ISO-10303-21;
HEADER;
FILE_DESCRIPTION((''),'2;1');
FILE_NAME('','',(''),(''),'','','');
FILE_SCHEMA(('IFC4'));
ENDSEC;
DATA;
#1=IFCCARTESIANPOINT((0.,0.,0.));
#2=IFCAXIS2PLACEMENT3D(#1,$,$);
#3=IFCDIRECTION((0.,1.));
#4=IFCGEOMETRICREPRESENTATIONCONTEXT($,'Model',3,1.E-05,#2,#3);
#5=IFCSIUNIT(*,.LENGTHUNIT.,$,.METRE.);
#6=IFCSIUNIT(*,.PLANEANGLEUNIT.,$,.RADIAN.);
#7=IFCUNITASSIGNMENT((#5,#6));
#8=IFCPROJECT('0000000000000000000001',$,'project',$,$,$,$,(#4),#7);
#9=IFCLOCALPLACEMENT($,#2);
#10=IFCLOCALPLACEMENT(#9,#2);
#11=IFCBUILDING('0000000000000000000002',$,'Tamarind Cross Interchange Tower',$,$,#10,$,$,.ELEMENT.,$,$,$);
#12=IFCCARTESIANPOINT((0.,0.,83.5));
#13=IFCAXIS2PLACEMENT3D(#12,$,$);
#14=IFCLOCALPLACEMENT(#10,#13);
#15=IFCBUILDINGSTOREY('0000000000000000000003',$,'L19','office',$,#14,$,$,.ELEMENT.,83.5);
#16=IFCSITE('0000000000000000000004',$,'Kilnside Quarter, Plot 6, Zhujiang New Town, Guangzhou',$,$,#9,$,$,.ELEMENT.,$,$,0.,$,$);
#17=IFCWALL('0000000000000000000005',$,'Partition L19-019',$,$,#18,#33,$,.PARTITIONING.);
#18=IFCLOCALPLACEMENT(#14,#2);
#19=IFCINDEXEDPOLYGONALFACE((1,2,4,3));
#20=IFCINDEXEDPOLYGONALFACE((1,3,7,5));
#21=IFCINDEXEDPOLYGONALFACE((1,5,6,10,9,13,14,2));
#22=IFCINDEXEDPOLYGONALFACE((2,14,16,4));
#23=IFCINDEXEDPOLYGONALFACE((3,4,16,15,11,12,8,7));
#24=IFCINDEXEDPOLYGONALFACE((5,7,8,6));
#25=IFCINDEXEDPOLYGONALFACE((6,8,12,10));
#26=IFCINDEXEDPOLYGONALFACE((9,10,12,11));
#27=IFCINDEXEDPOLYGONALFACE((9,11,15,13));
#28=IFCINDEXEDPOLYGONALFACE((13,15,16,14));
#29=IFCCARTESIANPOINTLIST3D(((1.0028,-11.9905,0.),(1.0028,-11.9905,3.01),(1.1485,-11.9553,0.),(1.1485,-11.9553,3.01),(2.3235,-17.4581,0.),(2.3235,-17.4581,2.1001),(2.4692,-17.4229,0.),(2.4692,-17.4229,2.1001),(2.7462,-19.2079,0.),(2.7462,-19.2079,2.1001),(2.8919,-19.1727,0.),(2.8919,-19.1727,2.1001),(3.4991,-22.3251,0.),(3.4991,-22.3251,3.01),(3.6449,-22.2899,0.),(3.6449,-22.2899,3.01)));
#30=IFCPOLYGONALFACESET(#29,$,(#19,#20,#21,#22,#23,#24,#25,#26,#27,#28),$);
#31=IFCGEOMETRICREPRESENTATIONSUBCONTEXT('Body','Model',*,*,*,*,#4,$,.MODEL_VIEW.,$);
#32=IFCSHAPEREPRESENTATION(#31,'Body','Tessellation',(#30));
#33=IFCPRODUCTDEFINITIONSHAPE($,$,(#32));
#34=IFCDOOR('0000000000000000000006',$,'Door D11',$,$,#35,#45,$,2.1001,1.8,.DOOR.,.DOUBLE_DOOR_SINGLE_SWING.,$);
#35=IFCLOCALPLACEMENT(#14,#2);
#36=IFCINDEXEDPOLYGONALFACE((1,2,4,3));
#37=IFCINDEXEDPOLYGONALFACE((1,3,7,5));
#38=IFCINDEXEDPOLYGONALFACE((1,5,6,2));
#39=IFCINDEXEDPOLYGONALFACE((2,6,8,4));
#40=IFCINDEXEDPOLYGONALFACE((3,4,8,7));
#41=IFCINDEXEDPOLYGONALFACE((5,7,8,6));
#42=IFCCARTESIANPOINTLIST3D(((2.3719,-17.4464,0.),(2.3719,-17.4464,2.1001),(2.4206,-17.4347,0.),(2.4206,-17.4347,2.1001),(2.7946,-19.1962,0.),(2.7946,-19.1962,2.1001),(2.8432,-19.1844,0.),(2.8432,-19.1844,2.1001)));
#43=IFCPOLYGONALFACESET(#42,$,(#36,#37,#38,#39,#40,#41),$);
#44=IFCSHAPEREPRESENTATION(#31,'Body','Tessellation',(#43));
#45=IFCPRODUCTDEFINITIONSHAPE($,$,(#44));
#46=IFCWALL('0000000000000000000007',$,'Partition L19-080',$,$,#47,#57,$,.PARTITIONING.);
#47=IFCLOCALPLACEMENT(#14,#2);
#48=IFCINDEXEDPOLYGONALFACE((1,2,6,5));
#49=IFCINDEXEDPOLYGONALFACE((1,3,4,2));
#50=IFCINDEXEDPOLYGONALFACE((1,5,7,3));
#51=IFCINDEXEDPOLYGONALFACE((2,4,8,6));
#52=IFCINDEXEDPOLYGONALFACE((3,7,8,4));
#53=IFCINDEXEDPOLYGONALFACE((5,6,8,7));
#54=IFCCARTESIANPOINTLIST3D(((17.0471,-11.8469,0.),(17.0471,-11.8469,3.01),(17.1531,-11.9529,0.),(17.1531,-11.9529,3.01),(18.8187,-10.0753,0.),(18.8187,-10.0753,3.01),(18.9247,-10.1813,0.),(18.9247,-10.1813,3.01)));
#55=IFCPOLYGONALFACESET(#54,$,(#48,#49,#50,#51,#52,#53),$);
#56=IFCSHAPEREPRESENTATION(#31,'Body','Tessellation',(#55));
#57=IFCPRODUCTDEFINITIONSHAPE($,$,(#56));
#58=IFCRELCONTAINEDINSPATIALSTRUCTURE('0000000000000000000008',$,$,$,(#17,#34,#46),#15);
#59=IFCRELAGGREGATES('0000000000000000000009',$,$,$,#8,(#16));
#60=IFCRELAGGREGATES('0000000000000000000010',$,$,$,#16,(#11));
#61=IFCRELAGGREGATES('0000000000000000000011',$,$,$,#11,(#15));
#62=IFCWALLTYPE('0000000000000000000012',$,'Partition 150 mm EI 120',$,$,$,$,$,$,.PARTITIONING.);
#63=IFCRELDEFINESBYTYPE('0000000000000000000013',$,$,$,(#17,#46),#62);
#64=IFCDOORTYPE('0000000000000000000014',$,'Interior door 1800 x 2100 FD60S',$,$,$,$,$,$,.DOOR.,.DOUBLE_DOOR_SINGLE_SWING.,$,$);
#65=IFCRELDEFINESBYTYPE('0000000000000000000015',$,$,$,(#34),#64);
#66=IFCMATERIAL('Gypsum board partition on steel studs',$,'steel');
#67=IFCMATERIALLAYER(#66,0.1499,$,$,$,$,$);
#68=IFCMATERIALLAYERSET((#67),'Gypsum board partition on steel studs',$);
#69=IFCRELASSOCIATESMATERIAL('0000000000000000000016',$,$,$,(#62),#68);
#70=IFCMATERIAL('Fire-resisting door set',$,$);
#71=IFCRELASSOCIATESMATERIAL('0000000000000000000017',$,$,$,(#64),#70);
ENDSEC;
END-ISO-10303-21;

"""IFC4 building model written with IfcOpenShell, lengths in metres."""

from ifc_helpers import new_model, si_unit, direction, frame, frame_2d, origin, place, context, subcontext, project, spatial, rectangle, extrude, material, layer, layer_set, type_object, element, fill, save


model = new_model("IFC4")

# Units and contexts
model_context = context("Model", 3, precision=1e-05, world=origin(), true_north=direction((0.0, 1.0)))
body_context = subcontext(model_context, "Body", "Model", "MODEL_VIEW")
ifc_project = project(units=[si_unit("LENGTHUNIT", "METRE"), si_unit("PLANEANGLEUNIT", "RADIAN")], contexts=[model_context])

# Site, building, storey
site_placement = place(None, origin())
site = spatial("IfcSite", under=ifc_project, at=site_placement, Name="Kilnside Quarter, Plot 6, Zhujiang New Town, Guangzhou", CompositionType="ELEMENT", RefElevation=0.0)
building_placement = place(site_placement, origin())
building = spatial("IfcBuilding", under=site, at=building_placement, Name="Tamarind Cross Interchange Tower", CompositionType="ELEMENT")
storey_placement = place(building_placement, frame((0.0, 0.0, 83.5)))
storey = spatial("IfcBuildingStorey", under=building, at=storey_placement, Name="L19", Description="office", CompositionType="ELEMENT", Elevation=83.5)

# Shared definitions
ifc_material_1 = material(Name="Gypsum board partition on steel studs", Category="steel")

# Wall, opening, door
ifc_layer_1 = layer(ifc_material_1, 0.1499)
ifc_layer_set_1 = layer_set([ifc_layer_1], Name="Gypsum board partition on steel studs")
wall_type_1 = type_object("IfcWallType", Name="Partition 150 mm EI 120", PredefinedType="PARTITIONING", material=ifc_layer_set_1)
wall_1_placement = place(storey_placement, frame((1.0757, -11.9729, 0.0), z_axis=(0.0, 0.0, 1.0), x_axis=(0.234796, -0.972045, 0.0)))
wall_1 = element("IfcWall", 1, at=wall_1_placement, inside=storey, type_object=wall_type_1, Name="Partition L19-019", PredefinedType="PARTITIONING", context=body_context, shape_type="SweptSolid", body=[
    extrude(rectangle(XDim=10.6318, YDim=0.1499, at=frame_2d((5.3159, 0.0))), origin(), (0.0, 0.0, 1.0), 3.01),
])
opening_1_placement = place(wall_1_placement, frame((5.625, 0.0, 0.0)))
opening_1 = element("IfcOpeningElement", 2, at=opening_1_placement, cuts=wall_1, PredefinedType="OPENING", context=body_context, shape_type="SweptSolid", body=[
    extrude(rectangle(XDim=1.8, YDim=2.1001, at=frame_2d((0.8999, 1.05))), frame((0.0, 0.085, 0.0), z_axis=(0.0, -1.0, 0.0), x_axis=(1.0, 0.0, 0.0)), (0.0, 0.0, 1.0), 0.1699),
])
ifc_material_2 = material(Name="Fire-resisting door set")
door_type_1 = type_object("IfcDoorType", Name="Interior door 1800 x 2100 FD60S", OperationType="DOUBLE_DOOR_SINGLE_SWING", PredefinedType="DOOR", material=ifc_material_2)
door_1_placement = place(opening_1_placement, origin())
door_1 = element("IfcDoor", 3, at=door_1_placement, inside=storey, type_object=door_type_1, Name="Door D11", OperationType="DOUBLE_DOOR_SINGLE_SWING", OverallHeight=2.1001, OverallWidth=1.8, PredefinedType="DOOR", context=body_context, shape_type="SweptSolid", body=[
    extrude(rectangle(XDim=1.8, YDim=2.1001, at=frame_2d((0.8999, 1.05))), frame((0.0, 0.0249, 0.0), z_axis=(0.0, -1.0, 0.0), x_axis=(1.0, 0.0, 0.0)), (0.0, 0.0, 1.0), 0.05),
])
fill(opening_1, door_1)

# Wall
wall_2_placement = place(storey_placement, frame((17.1001, -11.8999, 0.0), z_axis=(0.0, 0.0, 1.0), x_axis=(0.707107, 0.707107, 0.0)))
element("IfcWall", 4, at=wall_2_placement, inside=storey, type_object=wall_type_1, Name="Partition L19-080", PredefinedType="PARTITIONING", context=body_context, shape_type="SweptSolid", body=[
    extrude(rectangle(XDim=2.5054, YDim=0.1499, at=frame_2d((1.2527, 0.0))), origin(), (0.0, 0.0, 1.0), 3.01),
])

save(model, "model.ifc")
